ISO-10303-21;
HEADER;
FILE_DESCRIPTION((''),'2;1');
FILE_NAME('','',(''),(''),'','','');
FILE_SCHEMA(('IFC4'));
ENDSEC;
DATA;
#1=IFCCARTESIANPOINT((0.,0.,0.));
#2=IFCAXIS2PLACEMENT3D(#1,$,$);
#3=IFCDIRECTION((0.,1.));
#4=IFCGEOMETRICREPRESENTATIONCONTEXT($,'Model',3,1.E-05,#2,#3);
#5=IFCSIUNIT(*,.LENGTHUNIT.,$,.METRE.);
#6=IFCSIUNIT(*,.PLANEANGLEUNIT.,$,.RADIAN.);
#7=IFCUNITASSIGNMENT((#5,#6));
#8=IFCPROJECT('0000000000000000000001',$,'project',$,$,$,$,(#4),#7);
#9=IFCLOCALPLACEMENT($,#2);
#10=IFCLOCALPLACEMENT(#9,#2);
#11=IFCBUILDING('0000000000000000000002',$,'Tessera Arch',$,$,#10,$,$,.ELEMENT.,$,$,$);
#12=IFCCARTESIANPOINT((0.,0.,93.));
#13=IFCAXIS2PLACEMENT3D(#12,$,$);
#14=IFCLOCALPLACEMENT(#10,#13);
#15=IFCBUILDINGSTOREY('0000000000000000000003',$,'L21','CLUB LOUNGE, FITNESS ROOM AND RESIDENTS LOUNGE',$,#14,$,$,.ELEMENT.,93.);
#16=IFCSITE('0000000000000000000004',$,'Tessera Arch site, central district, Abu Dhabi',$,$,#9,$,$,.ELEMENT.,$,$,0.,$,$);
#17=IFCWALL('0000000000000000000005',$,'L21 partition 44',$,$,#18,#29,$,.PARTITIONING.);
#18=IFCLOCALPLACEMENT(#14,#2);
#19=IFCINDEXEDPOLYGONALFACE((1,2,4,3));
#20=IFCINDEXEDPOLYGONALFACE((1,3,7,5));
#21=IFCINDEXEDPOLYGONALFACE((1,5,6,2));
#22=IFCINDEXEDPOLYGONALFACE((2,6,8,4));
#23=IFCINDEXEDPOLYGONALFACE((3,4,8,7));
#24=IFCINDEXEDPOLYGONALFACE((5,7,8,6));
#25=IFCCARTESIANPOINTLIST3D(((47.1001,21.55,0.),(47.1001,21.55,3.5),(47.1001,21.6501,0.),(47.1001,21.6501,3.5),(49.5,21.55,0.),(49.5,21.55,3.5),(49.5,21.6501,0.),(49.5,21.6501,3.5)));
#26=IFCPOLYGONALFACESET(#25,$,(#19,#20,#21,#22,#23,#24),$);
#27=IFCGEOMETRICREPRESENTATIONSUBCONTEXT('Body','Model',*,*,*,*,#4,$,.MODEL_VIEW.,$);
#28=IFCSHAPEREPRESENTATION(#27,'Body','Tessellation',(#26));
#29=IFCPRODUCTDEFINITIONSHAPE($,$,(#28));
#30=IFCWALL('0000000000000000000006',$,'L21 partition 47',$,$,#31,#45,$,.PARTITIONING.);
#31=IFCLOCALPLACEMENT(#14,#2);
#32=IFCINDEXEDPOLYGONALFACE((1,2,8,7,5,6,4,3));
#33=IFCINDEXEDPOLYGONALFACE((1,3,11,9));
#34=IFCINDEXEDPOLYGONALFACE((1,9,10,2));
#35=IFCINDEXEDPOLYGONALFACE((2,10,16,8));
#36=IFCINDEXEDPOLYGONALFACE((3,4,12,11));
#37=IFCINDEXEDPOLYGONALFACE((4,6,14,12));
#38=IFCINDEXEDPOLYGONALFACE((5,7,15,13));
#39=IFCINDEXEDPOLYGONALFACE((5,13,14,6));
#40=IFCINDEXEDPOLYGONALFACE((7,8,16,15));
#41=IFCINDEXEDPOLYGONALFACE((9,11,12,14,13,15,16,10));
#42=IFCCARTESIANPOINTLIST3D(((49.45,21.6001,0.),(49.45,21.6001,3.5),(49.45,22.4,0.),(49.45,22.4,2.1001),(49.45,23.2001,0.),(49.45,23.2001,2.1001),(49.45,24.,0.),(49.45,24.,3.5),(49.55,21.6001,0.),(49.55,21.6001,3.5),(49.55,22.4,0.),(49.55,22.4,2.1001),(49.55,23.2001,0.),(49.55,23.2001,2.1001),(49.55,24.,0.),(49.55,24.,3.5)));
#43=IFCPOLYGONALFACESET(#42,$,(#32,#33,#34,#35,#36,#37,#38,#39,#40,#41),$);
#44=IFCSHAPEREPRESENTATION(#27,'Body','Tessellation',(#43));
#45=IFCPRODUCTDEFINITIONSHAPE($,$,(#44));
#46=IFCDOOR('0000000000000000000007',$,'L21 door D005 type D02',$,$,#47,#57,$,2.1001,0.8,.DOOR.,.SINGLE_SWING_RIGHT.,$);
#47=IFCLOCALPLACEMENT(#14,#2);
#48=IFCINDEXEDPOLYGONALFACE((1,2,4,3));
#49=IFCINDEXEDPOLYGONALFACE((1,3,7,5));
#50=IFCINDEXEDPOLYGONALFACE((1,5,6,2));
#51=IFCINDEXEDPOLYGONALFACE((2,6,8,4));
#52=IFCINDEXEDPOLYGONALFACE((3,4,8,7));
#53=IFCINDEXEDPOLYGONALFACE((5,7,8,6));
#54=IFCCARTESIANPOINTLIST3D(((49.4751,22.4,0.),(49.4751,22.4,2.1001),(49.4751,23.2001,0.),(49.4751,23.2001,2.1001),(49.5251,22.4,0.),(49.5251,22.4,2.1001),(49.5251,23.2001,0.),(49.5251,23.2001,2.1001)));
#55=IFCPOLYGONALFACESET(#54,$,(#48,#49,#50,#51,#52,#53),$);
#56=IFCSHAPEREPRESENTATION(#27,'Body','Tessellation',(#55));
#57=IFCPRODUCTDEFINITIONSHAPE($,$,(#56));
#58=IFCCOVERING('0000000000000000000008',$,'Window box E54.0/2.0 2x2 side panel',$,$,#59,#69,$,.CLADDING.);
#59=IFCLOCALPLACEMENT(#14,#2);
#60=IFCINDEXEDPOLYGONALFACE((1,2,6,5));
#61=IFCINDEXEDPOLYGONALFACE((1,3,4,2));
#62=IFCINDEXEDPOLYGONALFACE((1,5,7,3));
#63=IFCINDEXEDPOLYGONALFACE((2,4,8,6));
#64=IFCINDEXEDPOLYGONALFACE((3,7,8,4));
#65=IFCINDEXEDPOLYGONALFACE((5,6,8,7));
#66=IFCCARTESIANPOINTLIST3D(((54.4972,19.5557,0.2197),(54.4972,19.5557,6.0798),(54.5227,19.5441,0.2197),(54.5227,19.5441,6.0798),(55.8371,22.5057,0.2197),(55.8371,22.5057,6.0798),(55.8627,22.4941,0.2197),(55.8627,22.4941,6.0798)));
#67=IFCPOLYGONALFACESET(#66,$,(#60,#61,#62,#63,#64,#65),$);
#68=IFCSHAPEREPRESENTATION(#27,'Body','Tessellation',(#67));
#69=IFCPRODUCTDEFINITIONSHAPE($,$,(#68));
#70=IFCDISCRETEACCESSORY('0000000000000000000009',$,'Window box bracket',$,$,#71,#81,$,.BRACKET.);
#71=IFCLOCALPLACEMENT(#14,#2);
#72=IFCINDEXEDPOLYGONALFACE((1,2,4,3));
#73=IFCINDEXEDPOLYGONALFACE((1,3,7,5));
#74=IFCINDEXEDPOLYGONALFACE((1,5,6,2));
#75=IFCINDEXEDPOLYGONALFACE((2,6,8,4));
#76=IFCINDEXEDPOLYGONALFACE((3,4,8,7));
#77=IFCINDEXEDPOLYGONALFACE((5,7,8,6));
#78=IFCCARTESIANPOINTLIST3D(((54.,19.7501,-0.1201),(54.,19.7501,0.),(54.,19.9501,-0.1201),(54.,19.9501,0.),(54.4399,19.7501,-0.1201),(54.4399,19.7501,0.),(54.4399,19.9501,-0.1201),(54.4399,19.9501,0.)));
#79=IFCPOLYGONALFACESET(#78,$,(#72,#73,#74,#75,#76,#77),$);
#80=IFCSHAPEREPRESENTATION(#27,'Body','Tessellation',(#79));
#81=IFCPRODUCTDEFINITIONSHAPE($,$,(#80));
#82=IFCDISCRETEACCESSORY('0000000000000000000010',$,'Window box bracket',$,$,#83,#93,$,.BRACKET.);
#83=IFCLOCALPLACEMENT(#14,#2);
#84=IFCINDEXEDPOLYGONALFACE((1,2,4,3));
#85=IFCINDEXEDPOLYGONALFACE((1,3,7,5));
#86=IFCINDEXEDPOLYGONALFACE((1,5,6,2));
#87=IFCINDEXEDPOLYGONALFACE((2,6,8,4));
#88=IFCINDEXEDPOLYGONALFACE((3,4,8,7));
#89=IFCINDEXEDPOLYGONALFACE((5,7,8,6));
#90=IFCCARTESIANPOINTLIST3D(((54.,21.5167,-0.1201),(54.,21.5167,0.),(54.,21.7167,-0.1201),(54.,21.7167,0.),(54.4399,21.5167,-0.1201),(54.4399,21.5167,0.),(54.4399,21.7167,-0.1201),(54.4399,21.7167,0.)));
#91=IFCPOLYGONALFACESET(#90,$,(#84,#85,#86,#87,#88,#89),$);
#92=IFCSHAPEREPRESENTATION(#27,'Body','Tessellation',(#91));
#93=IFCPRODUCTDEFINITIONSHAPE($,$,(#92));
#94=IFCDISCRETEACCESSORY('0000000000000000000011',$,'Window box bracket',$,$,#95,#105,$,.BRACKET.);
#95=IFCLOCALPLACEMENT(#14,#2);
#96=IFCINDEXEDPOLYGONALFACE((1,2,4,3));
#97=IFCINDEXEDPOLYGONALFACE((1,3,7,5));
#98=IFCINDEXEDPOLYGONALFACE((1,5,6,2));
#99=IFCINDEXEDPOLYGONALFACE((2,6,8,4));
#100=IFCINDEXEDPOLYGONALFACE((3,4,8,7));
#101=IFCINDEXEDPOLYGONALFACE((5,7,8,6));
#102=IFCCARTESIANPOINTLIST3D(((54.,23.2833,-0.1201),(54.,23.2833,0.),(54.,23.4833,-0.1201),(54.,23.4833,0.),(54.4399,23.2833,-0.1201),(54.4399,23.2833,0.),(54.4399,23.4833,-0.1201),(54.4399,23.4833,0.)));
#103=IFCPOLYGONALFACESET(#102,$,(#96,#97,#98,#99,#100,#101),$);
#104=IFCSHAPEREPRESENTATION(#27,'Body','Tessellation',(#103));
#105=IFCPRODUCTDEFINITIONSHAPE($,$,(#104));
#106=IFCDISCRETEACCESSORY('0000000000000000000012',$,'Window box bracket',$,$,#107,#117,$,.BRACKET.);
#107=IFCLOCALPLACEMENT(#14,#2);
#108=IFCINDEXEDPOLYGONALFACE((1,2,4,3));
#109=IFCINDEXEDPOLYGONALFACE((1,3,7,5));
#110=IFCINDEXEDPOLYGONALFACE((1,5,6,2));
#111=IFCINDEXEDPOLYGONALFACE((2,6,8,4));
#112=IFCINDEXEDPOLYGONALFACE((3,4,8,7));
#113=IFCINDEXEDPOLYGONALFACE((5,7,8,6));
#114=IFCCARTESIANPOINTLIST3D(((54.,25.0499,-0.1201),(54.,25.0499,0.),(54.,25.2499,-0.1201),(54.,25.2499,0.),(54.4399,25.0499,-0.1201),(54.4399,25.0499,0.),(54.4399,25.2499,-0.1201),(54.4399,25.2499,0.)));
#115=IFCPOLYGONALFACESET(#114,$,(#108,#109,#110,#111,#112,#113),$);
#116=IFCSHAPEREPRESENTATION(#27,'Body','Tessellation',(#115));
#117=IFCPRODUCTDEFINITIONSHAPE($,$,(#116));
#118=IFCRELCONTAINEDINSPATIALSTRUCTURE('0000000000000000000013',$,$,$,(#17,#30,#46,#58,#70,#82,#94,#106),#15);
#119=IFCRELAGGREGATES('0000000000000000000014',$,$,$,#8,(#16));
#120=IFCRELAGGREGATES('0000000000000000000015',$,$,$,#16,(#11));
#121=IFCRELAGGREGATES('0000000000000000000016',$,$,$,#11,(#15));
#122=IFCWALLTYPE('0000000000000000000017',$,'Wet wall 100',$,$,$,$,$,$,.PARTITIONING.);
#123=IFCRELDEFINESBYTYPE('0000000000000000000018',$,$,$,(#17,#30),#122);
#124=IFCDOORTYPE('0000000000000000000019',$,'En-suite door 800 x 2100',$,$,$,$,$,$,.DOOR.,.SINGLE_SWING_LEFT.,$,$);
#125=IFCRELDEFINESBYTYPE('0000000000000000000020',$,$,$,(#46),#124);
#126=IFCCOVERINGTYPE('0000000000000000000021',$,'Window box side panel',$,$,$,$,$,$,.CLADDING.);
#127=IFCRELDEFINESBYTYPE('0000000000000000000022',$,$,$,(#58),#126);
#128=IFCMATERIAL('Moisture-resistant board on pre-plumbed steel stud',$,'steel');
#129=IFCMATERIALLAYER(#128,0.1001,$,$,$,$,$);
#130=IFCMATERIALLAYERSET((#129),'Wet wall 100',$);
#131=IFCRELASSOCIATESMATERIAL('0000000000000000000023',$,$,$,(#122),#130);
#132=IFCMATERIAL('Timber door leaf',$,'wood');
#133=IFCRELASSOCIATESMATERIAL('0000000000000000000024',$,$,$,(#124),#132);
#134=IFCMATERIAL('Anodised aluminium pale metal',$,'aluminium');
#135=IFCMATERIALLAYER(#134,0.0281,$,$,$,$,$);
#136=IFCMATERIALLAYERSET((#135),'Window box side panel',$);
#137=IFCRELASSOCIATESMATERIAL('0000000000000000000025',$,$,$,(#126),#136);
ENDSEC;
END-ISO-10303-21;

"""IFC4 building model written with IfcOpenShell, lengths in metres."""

from ifc_helpers import new_model, si_unit, direction, frame, frame_2d, origin, origin_2d, place, context, subcontext, project, spatial, rectangle, extrude, material, layer, layer_set, type_object, element, fill, save


model = new_model("IFC4")

# Units and contexts
model_context = context("Model", 3, precision=1e-05, world=origin(), true_north=direction((0.0, 1.0)))
body_context = subcontext(model_context, "Body", "Model", "MODEL_VIEW")
ifc_project = project(units=[si_unit("LENGTHUNIT", "METRE"), si_unit("PLANEANGLEUNIT", "RADIAN")], contexts=[model_context])

# Site, building, storey
site_placement = place(None, origin())
site = spatial("IfcSite", under=ifc_project, at=site_placement, Name="Tessera Arch site, central district, Abu Dhabi", CompositionType="ELEMENT", RefElevation=0.0)
building_placement = place(site_placement, origin())
building = spatial("IfcBuilding", under=site, at=building_placement, Name="Tessera Arch", CompositionType="ELEMENT")
storey_placement = place(building_placement, frame((0.0, 0.0, 93.0)))
storey = spatial("IfcBuildingStorey", under=building, at=storey_placement, Name="L21", Description="CLUB LOUNGE, FITNESS ROOM AND RESIDENTS LOUNGE", CompositionType="ELEMENT", Elevation=93.0)

# Wall
ifc_material_1 = material(Name="Moisture-resistant board on pre-plumbed steel stud", Category="steel")
ifc_layer_1 = layer(ifc_material_1, 0.1001)
ifc_layer_set_1 = layer_set([ifc_layer_1], Name="Wet wall 100")
wall_type_1 = type_object("IfcWallType", Name="Wet wall 100", PredefinedType="PARTITIONING", material=ifc_layer_set_1)
wall_1_placement = place(storey_placement, frame((47.1001, 21.6001, 0.0), z_axis=(0.0, 0.0, 1.0), x_axis=(1.0, 0.0, 0.0)))
element("IfcWall", 1, at=wall_1_placement, inside=storey, type_object=wall_type_1, Name="L21 partition 44", PredefinedType="PARTITIONING", context=body_context, shape_type="SweptSolid", body=[
    extrude(rectangle(XDim=2.3999, YDim=0.1001, at=frame_2d((1.2, 0.0))), origin(), (0.0, 0.0, 1.0), 3.5),
])

# Wall, opening, door
wall_2_placement = place(storey_placement, frame((49.5, 21.6001, 0.0), z_axis=(0.0, 0.0, 1.0), x_axis=(0.0, 1.0, 0.0)))
wall_2 = element("IfcWall", 2, at=wall_2_placement, inside=storey, type_object=wall_type_1, Name="L21 partition 47", PredefinedType="PARTITIONING", context=body_context, shape_type="SweptSolid", body=[
    extrude(rectangle(XDim=2.3999, YDim=0.1001, at=frame_2d((1.2, 0.0))), origin(), (0.0, 0.0, 1.0), 3.5),
])
opening_1_placement = place(wall_2_placement, frame((0.8, 0.0, 0.0)))
opening_1 = element("IfcOpeningElement", 3, at=opening_1_placement, cuts=wall_2, PredefinedType="OPENING", context=body_context, shape_type="SweptSolid", body=[
    extrude(rectangle(XDim=0.8, YDim=2.1001, at=frame_2d((0.3999, 1.05))), frame((0.0, 0.0601, 0.0), z_axis=(0.0, -1.0, 0.0), x_axis=(1.0, 0.0, 0.0)), (0.0, 0.0, 1.0), 0.1201),
])
ifc_material_2 = material(Name="Timber door leaf", Category="wood")
door_type_1 = type_object("IfcDoorType", Name="En-suite door 800 x 2100", OperationType="SINGLE_SWING_LEFT", PredefinedType="DOOR", material=ifc_material_2)
door_1_placement = place(opening_1_placement, origin())
door_1 = element("IfcDoor", 4, at=door_1_placement, inside=storey, type_object=door_type_1, Name="L21 door D005 type D02", OperationType="SINGLE_SWING_RIGHT", OverallHeight=2.1001, OverallWidth=0.8, PredefinedType="DOOR", context=body_context, shape_type="SweptSolid", body=[
    extrude(rectangle(XDim=0.8, YDim=2.1001, at=frame_2d((0.3999, 1.05))), frame((0.0, 0.0249, 0.0), z_axis=(0.0, -1.0, 0.0), x_axis=(1.0, 0.0, 0.0)), (0.0, 0.0, 1.0), 0.05),
])
fill(opening_1, door_1)

# Covering
ifc_material_3 = material(Name="Anodised aluminium pale metal", Category="aluminium")
ifc_layer_2 = layer(ifc_material_3, 0.0281)
ifc_layer_set_2 = layer_set([ifc_layer_2], Name="Window box side panel")
covering_type = type_object("IfcCoveringType", Name="Window box side panel", PredefinedType="CLADDING", material=ifc_layer_set_2)
covering_placement = place(storey_placement, frame((55.1799, 21.0249, 0.2197), z_axis=(0.0, 0.0, 1.0), x_axis=(0.41357, 0.910472, 0.0)))
element("IfcCovering", 5, at=covering_placement, inside=storey, type_object=covering_type, Name="Window box E54.0/2.0 2x2 side panel", PredefinedType="CLADDING", context=body_context, shape_type="SweptSolid", body=[
    extrude(rectangle(XDim=3.24, YDim=0.0281, at=origin_2d()), origin(), (0.0, 0.0, 1.0), 5.8601),
])

# Discrete accessories
for number, where, z_axis, x_axis, name in (
    (6, (54.22, 19.8501, -0.1201), (0.0, 0.0, 1.0), (1.0, 0.0, 0.0), "Window box bracket"),
    (7, (54.22, 21.6167, -0.1201), (0.0, 0.0, 1.0), (1.0, 0.0, 0.0), "Window box bracket"),
    (8, (54.22, 23.3833, -0.1201), (0.0, 0.0, 1.0), (1.0, 0.0, 0.0), "Window box bracket"),
    (9, (54.22, 25.1499, -0.1201), (0.0, 0.0, 1.0), (1.0, 0.0, 0.0), "Window box bracket"),
):
    element("IfcDiscreteAccessory", number, at=place(storey_placement, frame(where, z_axis=z_axis, x_axis=x_axis)), inside=storey, Name=name, PredefinedType="BRACKET", context=body_context, shape_type="SweptSolid", body=[
        extrude(rectangle(XDim=0.4399, YDim=0.2, at=origin_2d()), origin(), (0.0, 0.0, 1.0), 0.1201),
    ])

save(model, "model.ifc")
